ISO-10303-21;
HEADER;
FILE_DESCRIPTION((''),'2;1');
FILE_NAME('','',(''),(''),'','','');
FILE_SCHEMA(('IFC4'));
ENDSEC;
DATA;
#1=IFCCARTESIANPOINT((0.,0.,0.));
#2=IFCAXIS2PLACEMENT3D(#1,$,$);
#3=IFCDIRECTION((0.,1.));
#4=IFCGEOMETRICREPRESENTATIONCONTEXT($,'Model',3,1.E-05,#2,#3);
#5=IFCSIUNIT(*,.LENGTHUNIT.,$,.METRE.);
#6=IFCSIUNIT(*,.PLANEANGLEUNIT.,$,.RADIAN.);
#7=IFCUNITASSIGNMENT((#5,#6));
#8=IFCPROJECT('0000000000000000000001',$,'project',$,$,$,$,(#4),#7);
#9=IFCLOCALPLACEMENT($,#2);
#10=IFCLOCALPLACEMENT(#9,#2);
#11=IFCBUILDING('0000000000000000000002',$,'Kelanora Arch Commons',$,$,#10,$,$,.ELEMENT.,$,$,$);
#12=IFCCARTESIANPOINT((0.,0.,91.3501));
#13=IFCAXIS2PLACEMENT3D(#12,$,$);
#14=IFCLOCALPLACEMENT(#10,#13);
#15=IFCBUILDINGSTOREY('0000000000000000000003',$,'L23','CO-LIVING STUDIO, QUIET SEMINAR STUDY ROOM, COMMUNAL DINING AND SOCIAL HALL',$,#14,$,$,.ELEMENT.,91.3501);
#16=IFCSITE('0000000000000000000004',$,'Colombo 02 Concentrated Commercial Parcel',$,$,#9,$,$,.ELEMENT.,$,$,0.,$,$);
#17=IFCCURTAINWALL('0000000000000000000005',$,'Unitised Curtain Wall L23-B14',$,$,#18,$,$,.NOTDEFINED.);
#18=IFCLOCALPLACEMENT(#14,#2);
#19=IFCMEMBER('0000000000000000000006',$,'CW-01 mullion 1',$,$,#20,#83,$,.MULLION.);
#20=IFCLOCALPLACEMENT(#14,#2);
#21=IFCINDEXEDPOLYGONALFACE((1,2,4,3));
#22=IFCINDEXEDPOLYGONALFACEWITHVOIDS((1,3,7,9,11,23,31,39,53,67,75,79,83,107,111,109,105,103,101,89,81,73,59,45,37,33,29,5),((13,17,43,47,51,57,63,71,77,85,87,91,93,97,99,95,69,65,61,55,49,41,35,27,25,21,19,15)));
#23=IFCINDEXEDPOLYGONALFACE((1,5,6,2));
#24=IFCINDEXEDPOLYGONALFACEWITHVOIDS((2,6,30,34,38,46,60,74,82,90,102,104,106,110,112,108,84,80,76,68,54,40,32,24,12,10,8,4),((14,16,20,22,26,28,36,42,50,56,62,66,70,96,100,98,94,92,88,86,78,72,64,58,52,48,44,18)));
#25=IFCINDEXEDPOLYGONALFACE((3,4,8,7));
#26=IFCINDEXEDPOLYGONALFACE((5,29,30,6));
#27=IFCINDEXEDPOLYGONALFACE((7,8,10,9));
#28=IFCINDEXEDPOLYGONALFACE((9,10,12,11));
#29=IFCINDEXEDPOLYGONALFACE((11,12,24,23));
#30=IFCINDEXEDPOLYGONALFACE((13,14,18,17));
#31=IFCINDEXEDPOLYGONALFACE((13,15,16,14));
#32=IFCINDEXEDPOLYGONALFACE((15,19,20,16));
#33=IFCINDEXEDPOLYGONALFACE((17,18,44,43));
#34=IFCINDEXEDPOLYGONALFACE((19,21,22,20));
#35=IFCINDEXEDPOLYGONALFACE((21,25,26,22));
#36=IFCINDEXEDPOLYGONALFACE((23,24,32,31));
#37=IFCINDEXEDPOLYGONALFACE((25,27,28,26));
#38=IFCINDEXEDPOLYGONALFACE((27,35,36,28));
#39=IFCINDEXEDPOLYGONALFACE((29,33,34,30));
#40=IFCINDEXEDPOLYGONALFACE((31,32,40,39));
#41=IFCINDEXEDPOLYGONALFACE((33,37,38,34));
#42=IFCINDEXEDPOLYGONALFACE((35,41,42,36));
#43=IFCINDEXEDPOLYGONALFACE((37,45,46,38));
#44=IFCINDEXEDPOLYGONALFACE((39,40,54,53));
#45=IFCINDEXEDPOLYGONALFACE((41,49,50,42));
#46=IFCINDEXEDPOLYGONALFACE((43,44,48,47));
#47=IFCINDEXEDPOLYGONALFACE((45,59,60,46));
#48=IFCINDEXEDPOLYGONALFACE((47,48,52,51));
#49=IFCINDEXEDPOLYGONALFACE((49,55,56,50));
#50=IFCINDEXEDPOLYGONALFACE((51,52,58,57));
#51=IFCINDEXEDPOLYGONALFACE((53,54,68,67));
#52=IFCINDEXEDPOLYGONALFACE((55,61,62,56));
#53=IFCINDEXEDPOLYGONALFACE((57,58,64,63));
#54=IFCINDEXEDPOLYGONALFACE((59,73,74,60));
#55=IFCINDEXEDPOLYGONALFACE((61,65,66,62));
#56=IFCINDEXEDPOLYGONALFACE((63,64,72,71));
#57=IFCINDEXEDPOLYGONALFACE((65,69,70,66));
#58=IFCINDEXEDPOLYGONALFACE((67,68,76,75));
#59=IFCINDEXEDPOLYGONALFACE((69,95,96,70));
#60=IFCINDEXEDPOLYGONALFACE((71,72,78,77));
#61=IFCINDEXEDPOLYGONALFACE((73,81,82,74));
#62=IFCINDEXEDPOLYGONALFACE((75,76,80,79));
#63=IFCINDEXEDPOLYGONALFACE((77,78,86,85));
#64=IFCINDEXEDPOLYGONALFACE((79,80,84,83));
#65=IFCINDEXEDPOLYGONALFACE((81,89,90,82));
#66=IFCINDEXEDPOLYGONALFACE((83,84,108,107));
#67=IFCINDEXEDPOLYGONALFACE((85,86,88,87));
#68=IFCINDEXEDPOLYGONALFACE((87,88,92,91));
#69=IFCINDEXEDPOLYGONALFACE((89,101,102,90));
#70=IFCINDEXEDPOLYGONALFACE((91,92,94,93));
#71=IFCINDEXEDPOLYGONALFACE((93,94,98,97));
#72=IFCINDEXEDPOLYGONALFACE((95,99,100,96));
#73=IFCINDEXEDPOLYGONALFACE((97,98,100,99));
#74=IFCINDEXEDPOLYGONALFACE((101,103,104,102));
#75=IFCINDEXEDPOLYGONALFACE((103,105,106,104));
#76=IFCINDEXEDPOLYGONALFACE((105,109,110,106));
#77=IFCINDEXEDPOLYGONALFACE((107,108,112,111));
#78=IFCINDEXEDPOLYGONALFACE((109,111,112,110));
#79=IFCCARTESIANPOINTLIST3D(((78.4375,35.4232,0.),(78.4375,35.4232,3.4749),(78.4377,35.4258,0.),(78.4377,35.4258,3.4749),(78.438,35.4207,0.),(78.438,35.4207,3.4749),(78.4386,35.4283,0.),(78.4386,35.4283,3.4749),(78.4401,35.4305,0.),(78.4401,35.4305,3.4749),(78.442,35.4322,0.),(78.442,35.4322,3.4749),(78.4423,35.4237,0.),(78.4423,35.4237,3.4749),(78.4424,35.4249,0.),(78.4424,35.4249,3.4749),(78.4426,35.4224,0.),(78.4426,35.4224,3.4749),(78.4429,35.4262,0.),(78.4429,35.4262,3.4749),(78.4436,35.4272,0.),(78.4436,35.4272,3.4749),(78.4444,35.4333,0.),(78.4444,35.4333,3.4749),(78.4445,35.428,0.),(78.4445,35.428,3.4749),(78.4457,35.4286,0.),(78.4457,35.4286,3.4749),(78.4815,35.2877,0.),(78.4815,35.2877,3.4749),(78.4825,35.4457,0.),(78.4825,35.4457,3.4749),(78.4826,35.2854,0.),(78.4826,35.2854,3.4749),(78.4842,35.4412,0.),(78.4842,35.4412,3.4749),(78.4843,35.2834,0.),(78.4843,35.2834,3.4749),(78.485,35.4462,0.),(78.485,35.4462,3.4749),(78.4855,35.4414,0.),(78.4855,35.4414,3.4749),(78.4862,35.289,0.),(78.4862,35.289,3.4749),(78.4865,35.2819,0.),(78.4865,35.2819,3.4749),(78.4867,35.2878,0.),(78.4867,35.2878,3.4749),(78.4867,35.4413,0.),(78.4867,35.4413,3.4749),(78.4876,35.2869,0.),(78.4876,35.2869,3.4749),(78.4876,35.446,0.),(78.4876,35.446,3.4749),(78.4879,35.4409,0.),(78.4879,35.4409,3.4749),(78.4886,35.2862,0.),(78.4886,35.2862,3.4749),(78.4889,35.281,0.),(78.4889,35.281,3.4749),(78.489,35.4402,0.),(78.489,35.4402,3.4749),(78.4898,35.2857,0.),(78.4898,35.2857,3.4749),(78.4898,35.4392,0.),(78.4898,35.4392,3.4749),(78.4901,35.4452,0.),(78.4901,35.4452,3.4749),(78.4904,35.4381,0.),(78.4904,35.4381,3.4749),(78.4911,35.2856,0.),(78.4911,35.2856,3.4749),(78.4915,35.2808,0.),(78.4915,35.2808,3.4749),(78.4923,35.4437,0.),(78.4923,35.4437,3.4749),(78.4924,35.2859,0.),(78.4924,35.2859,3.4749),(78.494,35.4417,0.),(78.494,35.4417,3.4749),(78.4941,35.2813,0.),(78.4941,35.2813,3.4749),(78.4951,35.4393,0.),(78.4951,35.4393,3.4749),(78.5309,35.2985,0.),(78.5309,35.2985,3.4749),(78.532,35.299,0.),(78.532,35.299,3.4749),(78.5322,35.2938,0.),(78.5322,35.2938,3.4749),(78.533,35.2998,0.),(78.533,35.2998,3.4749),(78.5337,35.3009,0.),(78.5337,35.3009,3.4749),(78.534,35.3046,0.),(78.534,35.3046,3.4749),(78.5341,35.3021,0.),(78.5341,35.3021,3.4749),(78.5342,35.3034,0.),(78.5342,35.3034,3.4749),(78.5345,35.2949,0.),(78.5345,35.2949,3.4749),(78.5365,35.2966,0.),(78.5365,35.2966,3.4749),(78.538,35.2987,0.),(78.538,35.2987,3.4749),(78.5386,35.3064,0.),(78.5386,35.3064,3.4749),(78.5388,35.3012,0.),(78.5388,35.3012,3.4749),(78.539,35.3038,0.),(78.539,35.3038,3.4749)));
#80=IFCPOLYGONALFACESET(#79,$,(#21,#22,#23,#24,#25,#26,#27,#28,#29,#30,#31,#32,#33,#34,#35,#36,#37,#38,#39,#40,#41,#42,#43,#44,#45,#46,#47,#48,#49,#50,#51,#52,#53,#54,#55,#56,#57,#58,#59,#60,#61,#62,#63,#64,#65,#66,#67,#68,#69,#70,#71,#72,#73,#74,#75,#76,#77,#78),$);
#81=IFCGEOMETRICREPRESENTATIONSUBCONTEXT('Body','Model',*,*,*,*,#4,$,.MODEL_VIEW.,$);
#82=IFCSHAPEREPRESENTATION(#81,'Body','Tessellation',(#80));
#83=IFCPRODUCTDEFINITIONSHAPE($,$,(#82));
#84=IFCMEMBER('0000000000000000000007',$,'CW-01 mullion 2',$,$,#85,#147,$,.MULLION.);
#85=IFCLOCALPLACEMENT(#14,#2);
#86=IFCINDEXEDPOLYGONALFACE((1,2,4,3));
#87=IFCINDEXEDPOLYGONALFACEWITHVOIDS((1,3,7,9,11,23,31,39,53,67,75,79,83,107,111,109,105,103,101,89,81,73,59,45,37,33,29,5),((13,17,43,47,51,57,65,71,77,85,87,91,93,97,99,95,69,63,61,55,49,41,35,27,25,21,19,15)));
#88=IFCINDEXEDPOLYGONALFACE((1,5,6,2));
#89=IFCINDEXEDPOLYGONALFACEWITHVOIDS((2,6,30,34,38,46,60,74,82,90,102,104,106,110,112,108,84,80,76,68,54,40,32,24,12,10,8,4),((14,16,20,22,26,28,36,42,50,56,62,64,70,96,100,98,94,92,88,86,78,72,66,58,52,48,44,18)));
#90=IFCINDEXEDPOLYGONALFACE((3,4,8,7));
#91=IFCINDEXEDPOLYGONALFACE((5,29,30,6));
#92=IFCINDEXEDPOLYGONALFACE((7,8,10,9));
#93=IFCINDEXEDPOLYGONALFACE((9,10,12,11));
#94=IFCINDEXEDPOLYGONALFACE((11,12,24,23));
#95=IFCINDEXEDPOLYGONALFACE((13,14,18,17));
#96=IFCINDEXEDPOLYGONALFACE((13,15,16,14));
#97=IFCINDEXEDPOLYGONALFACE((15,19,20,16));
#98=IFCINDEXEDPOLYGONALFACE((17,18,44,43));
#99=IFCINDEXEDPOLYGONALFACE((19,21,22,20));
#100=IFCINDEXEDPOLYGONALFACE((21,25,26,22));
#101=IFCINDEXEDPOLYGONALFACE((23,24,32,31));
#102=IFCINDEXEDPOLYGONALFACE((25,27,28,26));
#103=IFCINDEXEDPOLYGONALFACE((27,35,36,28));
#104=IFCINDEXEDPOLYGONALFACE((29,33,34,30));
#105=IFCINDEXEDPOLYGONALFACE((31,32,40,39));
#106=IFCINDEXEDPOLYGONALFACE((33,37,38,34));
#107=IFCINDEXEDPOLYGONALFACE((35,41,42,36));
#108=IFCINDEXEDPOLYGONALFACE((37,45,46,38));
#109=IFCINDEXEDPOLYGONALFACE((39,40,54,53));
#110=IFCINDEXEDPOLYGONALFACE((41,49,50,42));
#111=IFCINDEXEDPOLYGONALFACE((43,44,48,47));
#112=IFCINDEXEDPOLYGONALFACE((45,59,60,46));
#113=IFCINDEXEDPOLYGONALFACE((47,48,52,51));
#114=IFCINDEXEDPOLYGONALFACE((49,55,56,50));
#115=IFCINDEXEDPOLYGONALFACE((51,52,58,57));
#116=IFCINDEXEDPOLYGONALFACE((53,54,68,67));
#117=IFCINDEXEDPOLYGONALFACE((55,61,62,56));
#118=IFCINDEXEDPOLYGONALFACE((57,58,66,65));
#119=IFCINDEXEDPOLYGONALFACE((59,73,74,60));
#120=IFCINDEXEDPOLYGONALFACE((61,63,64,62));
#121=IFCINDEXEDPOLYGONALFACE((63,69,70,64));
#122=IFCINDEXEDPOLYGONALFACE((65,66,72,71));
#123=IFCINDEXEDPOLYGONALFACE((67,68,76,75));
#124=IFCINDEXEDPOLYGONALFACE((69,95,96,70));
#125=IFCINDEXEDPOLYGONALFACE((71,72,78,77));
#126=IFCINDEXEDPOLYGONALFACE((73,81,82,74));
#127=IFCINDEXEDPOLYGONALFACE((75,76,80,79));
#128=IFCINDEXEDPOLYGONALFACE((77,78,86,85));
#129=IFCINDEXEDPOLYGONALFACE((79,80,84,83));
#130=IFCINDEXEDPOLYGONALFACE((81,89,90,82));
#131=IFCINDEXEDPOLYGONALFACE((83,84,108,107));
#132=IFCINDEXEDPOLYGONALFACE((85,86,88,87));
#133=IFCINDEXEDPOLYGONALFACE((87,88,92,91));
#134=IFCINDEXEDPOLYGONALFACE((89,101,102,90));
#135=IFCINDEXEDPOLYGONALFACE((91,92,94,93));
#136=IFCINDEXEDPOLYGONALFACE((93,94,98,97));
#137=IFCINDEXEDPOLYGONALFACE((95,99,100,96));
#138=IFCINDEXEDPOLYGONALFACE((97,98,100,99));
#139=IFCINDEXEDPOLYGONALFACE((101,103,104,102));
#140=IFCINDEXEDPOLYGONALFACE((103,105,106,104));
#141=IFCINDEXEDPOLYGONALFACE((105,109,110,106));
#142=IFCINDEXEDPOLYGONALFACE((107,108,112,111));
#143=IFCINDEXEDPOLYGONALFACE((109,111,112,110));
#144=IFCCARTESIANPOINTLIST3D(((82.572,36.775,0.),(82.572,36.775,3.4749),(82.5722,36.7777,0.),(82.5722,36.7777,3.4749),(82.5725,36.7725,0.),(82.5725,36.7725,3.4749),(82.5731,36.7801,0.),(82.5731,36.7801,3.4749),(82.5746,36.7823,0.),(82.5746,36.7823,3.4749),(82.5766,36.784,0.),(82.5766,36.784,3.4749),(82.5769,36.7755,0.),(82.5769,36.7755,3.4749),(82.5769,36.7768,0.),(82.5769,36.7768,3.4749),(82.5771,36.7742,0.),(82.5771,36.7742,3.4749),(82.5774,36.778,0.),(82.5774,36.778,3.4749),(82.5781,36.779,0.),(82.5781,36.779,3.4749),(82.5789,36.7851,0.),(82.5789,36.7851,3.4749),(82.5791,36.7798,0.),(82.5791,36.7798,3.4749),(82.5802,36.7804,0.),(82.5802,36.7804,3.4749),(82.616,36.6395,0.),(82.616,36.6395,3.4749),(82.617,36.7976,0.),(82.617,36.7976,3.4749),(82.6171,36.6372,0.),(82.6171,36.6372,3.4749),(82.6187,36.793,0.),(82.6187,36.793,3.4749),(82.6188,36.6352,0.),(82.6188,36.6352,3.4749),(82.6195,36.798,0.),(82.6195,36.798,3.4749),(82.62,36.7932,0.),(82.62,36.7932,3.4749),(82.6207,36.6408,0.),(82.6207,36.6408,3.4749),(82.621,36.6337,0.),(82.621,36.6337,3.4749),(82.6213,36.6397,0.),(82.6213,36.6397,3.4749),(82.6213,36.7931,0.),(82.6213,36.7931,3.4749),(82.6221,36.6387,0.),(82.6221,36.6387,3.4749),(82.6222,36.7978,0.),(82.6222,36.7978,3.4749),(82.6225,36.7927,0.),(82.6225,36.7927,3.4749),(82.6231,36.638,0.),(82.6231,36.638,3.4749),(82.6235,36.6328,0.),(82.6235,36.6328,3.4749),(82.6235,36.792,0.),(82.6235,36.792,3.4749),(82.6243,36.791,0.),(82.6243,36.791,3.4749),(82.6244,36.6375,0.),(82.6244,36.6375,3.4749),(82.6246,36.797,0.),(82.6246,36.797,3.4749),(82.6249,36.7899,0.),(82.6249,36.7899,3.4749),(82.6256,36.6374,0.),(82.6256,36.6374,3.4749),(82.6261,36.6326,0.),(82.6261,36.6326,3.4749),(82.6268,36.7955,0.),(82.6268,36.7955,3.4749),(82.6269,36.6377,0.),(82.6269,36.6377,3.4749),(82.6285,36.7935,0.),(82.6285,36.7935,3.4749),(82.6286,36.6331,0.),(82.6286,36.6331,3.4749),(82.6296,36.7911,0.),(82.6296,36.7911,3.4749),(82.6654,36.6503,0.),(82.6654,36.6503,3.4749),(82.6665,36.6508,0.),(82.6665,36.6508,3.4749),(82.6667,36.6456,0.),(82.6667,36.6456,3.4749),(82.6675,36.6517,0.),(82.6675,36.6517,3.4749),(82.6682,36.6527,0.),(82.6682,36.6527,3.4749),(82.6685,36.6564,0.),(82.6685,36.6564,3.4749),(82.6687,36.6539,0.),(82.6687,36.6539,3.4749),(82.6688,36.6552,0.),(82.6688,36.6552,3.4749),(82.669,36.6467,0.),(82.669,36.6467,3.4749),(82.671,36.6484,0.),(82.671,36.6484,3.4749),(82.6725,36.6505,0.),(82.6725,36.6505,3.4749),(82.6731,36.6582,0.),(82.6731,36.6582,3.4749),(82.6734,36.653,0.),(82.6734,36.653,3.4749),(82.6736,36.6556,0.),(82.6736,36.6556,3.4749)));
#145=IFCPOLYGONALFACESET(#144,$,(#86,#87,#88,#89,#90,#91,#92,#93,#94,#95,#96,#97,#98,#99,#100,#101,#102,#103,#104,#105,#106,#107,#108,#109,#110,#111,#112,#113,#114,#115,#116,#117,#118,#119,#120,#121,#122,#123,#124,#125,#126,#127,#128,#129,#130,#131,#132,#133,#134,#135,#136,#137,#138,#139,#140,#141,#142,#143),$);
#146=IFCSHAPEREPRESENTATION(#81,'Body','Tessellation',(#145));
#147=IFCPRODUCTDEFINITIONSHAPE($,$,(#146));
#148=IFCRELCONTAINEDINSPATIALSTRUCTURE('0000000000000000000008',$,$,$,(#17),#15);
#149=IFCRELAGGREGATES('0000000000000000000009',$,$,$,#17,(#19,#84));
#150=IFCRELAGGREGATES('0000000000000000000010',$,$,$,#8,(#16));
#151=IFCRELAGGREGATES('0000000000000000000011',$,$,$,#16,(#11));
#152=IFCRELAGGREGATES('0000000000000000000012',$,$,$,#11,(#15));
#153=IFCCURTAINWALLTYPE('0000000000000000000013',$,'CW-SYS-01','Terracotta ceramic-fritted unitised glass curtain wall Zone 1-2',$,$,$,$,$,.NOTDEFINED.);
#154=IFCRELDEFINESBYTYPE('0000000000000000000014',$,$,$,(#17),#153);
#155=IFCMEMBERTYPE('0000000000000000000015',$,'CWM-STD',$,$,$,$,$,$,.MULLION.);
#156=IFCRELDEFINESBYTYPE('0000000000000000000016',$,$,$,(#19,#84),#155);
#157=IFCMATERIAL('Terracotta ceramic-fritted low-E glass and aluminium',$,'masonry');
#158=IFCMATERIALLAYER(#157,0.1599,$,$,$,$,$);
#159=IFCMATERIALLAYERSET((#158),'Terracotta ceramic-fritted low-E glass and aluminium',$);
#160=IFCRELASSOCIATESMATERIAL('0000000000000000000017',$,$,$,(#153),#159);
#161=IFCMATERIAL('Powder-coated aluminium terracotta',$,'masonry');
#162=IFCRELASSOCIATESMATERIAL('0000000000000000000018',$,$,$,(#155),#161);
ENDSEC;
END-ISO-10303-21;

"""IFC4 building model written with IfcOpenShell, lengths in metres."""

from ifc_helpers import new_model, si_unit, direction, frame, origin, origin_2d, place, context, subcontext, project, spatial, hollow_rectangle, extrude, material, layer, layer_set, material_profile, profile_set, type_object, element, aggregate, save


model = new_model("IFC4")

# Units and contexts
model_context = context("Model", 3, precision=1e-05, world=origin(), true_north=direction((0.0, 1.0)))
body_context = subcontext(model_context, "Body", "Model", "MODEL_VIEW")
ifc_project = project(units=[si_unit("LENGTHUNIT", "METRE"), si_unit("PLANEANGLEUNIT", "RADIAN")], contexts=[model_context])

# Site, building, storey
site_placement = place(None, origin())
site = spatial("IfcSite", under=ifc_project, at=site_placement, Name="Colombo 02 Concentrated Commercial Parcel", CompositionType="ELEMENT", RefElevation=0.0)
building_placement = place(site_placement, origin())
building = spatial("IfcBuilding", under=site, at=building_placement, Name="Kelanora Arch Commons", CompositionType="ELEMENT")
storey_placement = place(building_placement, frame((0.0, 0.0, 91.3501)))
storey = spatial("IfcBuildingStorey", under=building, at=storey_placement, Name="L23", Description="CO-LIVING STUDIO, QUIET SEMINAR STUDY ROOM, COMMUNAL DINING AND SOCIAL HALL", CompositionType="ELEMENT", Elevation=91.3501)

# Curtain wall, members
ifc_material_1 = material(Name="Terracotta ceramic-fritted low-E glass and aluminium", Category="masonry")
ifc_layer_1 = layer(ifc_material_1, 0.1599)
ifc_layer_set_1 = layer_set([ifc_layer_1], Name="Terracotta ceramic-fritted low-E glass and aluminium")
curtain_wall_type = type_object("IfcCurtainWallType", Name="CW-SYS-01", Description="Terracotta ceramic-fritted unitised glass curtain wall Zone 1-2", PredefinedType="NOTDEFINED", material=ifc_layer_set_1)
curtain_wall_placement = place(storey_placement, origin())
curtain_wall = element("IfcCurtainWall", 1, at=curtain_wall_placement, inside=storey, type_object=curtain_wall_type, Name="Unitised Curtain Wall L23-B14", PredefinedType="NOTDEFINED")
ifc_material_2 = material(Name="Powder-coated aluminium terracotta", Category="masonry")
ifc_material_profile_1 = material_profile(ifc_material_2, hollow_rectangle(XDim=0.1599, YDim=0.0601, WallThickness=0.0049, InnerFilletRadius=0.0049, OuterFilletRadius=0.01, at=origin_2d()), Name="CWM160x60")
ifc_profile_set_1 = profile_set([ifc_material_profile_1], Name="Powder-coated aluminium terracotta")
member_type_1 = type_object("IfcMemberType", Name="CWM-STD", PredefinedType="MULLION", material=ifc_profile_set_1)
member_1_placement = place(storey_placement, frame((78.4883, 35.3635, 0.0), z_axis=(0.0, 0.0, 1.0), x_axis=(-0.310805, 0.950474, 0.0)))
member_1 = element("IfcMember", 2, at=member_1_placement, type_object=member_type_1, Name="CW-01 mullion 1", PredefinedType="MULLION", context=body_context, shape_type="SweptSolid", body=[
    extrude(hollow_rectangle(XDim=0.1599, YDim=0.0601, WallThickness=0.0049, InnerFilletRadius=0.0049, OuterFilletRadius=0.01, at=origin_2d()), origin(), (0.0, 0.0, 1.0), 3.4749),
])
member_2_placement = place(storey_placement, frame((82.6228, 36.7153, 0.0), z_axis=(0.0, 0.0, 1.0), x_axis=(-0.310805, 0.950474, 0.0)))
member_2 = element("IfcMember", 3, at=member_2_placement, type_object=member_type_1, Name="CW-01 mullion 2", PredefinedType="MULLION", context=body_context, shape_type="SweptSolid", body=[
    extrude(hollow_rectangle(XDim=0.1599, YDim=0.0601, WallThickness=0.0049, InnerFilletRadius=0.0049, OuterFilletRadius=0.01, at=origin_2d()), origin(), (0.0, 0.0, 1.0), 3.4749),
])
aggregate(curtain_wall, [member_1, member_2])

save(model, "model.ifc")
